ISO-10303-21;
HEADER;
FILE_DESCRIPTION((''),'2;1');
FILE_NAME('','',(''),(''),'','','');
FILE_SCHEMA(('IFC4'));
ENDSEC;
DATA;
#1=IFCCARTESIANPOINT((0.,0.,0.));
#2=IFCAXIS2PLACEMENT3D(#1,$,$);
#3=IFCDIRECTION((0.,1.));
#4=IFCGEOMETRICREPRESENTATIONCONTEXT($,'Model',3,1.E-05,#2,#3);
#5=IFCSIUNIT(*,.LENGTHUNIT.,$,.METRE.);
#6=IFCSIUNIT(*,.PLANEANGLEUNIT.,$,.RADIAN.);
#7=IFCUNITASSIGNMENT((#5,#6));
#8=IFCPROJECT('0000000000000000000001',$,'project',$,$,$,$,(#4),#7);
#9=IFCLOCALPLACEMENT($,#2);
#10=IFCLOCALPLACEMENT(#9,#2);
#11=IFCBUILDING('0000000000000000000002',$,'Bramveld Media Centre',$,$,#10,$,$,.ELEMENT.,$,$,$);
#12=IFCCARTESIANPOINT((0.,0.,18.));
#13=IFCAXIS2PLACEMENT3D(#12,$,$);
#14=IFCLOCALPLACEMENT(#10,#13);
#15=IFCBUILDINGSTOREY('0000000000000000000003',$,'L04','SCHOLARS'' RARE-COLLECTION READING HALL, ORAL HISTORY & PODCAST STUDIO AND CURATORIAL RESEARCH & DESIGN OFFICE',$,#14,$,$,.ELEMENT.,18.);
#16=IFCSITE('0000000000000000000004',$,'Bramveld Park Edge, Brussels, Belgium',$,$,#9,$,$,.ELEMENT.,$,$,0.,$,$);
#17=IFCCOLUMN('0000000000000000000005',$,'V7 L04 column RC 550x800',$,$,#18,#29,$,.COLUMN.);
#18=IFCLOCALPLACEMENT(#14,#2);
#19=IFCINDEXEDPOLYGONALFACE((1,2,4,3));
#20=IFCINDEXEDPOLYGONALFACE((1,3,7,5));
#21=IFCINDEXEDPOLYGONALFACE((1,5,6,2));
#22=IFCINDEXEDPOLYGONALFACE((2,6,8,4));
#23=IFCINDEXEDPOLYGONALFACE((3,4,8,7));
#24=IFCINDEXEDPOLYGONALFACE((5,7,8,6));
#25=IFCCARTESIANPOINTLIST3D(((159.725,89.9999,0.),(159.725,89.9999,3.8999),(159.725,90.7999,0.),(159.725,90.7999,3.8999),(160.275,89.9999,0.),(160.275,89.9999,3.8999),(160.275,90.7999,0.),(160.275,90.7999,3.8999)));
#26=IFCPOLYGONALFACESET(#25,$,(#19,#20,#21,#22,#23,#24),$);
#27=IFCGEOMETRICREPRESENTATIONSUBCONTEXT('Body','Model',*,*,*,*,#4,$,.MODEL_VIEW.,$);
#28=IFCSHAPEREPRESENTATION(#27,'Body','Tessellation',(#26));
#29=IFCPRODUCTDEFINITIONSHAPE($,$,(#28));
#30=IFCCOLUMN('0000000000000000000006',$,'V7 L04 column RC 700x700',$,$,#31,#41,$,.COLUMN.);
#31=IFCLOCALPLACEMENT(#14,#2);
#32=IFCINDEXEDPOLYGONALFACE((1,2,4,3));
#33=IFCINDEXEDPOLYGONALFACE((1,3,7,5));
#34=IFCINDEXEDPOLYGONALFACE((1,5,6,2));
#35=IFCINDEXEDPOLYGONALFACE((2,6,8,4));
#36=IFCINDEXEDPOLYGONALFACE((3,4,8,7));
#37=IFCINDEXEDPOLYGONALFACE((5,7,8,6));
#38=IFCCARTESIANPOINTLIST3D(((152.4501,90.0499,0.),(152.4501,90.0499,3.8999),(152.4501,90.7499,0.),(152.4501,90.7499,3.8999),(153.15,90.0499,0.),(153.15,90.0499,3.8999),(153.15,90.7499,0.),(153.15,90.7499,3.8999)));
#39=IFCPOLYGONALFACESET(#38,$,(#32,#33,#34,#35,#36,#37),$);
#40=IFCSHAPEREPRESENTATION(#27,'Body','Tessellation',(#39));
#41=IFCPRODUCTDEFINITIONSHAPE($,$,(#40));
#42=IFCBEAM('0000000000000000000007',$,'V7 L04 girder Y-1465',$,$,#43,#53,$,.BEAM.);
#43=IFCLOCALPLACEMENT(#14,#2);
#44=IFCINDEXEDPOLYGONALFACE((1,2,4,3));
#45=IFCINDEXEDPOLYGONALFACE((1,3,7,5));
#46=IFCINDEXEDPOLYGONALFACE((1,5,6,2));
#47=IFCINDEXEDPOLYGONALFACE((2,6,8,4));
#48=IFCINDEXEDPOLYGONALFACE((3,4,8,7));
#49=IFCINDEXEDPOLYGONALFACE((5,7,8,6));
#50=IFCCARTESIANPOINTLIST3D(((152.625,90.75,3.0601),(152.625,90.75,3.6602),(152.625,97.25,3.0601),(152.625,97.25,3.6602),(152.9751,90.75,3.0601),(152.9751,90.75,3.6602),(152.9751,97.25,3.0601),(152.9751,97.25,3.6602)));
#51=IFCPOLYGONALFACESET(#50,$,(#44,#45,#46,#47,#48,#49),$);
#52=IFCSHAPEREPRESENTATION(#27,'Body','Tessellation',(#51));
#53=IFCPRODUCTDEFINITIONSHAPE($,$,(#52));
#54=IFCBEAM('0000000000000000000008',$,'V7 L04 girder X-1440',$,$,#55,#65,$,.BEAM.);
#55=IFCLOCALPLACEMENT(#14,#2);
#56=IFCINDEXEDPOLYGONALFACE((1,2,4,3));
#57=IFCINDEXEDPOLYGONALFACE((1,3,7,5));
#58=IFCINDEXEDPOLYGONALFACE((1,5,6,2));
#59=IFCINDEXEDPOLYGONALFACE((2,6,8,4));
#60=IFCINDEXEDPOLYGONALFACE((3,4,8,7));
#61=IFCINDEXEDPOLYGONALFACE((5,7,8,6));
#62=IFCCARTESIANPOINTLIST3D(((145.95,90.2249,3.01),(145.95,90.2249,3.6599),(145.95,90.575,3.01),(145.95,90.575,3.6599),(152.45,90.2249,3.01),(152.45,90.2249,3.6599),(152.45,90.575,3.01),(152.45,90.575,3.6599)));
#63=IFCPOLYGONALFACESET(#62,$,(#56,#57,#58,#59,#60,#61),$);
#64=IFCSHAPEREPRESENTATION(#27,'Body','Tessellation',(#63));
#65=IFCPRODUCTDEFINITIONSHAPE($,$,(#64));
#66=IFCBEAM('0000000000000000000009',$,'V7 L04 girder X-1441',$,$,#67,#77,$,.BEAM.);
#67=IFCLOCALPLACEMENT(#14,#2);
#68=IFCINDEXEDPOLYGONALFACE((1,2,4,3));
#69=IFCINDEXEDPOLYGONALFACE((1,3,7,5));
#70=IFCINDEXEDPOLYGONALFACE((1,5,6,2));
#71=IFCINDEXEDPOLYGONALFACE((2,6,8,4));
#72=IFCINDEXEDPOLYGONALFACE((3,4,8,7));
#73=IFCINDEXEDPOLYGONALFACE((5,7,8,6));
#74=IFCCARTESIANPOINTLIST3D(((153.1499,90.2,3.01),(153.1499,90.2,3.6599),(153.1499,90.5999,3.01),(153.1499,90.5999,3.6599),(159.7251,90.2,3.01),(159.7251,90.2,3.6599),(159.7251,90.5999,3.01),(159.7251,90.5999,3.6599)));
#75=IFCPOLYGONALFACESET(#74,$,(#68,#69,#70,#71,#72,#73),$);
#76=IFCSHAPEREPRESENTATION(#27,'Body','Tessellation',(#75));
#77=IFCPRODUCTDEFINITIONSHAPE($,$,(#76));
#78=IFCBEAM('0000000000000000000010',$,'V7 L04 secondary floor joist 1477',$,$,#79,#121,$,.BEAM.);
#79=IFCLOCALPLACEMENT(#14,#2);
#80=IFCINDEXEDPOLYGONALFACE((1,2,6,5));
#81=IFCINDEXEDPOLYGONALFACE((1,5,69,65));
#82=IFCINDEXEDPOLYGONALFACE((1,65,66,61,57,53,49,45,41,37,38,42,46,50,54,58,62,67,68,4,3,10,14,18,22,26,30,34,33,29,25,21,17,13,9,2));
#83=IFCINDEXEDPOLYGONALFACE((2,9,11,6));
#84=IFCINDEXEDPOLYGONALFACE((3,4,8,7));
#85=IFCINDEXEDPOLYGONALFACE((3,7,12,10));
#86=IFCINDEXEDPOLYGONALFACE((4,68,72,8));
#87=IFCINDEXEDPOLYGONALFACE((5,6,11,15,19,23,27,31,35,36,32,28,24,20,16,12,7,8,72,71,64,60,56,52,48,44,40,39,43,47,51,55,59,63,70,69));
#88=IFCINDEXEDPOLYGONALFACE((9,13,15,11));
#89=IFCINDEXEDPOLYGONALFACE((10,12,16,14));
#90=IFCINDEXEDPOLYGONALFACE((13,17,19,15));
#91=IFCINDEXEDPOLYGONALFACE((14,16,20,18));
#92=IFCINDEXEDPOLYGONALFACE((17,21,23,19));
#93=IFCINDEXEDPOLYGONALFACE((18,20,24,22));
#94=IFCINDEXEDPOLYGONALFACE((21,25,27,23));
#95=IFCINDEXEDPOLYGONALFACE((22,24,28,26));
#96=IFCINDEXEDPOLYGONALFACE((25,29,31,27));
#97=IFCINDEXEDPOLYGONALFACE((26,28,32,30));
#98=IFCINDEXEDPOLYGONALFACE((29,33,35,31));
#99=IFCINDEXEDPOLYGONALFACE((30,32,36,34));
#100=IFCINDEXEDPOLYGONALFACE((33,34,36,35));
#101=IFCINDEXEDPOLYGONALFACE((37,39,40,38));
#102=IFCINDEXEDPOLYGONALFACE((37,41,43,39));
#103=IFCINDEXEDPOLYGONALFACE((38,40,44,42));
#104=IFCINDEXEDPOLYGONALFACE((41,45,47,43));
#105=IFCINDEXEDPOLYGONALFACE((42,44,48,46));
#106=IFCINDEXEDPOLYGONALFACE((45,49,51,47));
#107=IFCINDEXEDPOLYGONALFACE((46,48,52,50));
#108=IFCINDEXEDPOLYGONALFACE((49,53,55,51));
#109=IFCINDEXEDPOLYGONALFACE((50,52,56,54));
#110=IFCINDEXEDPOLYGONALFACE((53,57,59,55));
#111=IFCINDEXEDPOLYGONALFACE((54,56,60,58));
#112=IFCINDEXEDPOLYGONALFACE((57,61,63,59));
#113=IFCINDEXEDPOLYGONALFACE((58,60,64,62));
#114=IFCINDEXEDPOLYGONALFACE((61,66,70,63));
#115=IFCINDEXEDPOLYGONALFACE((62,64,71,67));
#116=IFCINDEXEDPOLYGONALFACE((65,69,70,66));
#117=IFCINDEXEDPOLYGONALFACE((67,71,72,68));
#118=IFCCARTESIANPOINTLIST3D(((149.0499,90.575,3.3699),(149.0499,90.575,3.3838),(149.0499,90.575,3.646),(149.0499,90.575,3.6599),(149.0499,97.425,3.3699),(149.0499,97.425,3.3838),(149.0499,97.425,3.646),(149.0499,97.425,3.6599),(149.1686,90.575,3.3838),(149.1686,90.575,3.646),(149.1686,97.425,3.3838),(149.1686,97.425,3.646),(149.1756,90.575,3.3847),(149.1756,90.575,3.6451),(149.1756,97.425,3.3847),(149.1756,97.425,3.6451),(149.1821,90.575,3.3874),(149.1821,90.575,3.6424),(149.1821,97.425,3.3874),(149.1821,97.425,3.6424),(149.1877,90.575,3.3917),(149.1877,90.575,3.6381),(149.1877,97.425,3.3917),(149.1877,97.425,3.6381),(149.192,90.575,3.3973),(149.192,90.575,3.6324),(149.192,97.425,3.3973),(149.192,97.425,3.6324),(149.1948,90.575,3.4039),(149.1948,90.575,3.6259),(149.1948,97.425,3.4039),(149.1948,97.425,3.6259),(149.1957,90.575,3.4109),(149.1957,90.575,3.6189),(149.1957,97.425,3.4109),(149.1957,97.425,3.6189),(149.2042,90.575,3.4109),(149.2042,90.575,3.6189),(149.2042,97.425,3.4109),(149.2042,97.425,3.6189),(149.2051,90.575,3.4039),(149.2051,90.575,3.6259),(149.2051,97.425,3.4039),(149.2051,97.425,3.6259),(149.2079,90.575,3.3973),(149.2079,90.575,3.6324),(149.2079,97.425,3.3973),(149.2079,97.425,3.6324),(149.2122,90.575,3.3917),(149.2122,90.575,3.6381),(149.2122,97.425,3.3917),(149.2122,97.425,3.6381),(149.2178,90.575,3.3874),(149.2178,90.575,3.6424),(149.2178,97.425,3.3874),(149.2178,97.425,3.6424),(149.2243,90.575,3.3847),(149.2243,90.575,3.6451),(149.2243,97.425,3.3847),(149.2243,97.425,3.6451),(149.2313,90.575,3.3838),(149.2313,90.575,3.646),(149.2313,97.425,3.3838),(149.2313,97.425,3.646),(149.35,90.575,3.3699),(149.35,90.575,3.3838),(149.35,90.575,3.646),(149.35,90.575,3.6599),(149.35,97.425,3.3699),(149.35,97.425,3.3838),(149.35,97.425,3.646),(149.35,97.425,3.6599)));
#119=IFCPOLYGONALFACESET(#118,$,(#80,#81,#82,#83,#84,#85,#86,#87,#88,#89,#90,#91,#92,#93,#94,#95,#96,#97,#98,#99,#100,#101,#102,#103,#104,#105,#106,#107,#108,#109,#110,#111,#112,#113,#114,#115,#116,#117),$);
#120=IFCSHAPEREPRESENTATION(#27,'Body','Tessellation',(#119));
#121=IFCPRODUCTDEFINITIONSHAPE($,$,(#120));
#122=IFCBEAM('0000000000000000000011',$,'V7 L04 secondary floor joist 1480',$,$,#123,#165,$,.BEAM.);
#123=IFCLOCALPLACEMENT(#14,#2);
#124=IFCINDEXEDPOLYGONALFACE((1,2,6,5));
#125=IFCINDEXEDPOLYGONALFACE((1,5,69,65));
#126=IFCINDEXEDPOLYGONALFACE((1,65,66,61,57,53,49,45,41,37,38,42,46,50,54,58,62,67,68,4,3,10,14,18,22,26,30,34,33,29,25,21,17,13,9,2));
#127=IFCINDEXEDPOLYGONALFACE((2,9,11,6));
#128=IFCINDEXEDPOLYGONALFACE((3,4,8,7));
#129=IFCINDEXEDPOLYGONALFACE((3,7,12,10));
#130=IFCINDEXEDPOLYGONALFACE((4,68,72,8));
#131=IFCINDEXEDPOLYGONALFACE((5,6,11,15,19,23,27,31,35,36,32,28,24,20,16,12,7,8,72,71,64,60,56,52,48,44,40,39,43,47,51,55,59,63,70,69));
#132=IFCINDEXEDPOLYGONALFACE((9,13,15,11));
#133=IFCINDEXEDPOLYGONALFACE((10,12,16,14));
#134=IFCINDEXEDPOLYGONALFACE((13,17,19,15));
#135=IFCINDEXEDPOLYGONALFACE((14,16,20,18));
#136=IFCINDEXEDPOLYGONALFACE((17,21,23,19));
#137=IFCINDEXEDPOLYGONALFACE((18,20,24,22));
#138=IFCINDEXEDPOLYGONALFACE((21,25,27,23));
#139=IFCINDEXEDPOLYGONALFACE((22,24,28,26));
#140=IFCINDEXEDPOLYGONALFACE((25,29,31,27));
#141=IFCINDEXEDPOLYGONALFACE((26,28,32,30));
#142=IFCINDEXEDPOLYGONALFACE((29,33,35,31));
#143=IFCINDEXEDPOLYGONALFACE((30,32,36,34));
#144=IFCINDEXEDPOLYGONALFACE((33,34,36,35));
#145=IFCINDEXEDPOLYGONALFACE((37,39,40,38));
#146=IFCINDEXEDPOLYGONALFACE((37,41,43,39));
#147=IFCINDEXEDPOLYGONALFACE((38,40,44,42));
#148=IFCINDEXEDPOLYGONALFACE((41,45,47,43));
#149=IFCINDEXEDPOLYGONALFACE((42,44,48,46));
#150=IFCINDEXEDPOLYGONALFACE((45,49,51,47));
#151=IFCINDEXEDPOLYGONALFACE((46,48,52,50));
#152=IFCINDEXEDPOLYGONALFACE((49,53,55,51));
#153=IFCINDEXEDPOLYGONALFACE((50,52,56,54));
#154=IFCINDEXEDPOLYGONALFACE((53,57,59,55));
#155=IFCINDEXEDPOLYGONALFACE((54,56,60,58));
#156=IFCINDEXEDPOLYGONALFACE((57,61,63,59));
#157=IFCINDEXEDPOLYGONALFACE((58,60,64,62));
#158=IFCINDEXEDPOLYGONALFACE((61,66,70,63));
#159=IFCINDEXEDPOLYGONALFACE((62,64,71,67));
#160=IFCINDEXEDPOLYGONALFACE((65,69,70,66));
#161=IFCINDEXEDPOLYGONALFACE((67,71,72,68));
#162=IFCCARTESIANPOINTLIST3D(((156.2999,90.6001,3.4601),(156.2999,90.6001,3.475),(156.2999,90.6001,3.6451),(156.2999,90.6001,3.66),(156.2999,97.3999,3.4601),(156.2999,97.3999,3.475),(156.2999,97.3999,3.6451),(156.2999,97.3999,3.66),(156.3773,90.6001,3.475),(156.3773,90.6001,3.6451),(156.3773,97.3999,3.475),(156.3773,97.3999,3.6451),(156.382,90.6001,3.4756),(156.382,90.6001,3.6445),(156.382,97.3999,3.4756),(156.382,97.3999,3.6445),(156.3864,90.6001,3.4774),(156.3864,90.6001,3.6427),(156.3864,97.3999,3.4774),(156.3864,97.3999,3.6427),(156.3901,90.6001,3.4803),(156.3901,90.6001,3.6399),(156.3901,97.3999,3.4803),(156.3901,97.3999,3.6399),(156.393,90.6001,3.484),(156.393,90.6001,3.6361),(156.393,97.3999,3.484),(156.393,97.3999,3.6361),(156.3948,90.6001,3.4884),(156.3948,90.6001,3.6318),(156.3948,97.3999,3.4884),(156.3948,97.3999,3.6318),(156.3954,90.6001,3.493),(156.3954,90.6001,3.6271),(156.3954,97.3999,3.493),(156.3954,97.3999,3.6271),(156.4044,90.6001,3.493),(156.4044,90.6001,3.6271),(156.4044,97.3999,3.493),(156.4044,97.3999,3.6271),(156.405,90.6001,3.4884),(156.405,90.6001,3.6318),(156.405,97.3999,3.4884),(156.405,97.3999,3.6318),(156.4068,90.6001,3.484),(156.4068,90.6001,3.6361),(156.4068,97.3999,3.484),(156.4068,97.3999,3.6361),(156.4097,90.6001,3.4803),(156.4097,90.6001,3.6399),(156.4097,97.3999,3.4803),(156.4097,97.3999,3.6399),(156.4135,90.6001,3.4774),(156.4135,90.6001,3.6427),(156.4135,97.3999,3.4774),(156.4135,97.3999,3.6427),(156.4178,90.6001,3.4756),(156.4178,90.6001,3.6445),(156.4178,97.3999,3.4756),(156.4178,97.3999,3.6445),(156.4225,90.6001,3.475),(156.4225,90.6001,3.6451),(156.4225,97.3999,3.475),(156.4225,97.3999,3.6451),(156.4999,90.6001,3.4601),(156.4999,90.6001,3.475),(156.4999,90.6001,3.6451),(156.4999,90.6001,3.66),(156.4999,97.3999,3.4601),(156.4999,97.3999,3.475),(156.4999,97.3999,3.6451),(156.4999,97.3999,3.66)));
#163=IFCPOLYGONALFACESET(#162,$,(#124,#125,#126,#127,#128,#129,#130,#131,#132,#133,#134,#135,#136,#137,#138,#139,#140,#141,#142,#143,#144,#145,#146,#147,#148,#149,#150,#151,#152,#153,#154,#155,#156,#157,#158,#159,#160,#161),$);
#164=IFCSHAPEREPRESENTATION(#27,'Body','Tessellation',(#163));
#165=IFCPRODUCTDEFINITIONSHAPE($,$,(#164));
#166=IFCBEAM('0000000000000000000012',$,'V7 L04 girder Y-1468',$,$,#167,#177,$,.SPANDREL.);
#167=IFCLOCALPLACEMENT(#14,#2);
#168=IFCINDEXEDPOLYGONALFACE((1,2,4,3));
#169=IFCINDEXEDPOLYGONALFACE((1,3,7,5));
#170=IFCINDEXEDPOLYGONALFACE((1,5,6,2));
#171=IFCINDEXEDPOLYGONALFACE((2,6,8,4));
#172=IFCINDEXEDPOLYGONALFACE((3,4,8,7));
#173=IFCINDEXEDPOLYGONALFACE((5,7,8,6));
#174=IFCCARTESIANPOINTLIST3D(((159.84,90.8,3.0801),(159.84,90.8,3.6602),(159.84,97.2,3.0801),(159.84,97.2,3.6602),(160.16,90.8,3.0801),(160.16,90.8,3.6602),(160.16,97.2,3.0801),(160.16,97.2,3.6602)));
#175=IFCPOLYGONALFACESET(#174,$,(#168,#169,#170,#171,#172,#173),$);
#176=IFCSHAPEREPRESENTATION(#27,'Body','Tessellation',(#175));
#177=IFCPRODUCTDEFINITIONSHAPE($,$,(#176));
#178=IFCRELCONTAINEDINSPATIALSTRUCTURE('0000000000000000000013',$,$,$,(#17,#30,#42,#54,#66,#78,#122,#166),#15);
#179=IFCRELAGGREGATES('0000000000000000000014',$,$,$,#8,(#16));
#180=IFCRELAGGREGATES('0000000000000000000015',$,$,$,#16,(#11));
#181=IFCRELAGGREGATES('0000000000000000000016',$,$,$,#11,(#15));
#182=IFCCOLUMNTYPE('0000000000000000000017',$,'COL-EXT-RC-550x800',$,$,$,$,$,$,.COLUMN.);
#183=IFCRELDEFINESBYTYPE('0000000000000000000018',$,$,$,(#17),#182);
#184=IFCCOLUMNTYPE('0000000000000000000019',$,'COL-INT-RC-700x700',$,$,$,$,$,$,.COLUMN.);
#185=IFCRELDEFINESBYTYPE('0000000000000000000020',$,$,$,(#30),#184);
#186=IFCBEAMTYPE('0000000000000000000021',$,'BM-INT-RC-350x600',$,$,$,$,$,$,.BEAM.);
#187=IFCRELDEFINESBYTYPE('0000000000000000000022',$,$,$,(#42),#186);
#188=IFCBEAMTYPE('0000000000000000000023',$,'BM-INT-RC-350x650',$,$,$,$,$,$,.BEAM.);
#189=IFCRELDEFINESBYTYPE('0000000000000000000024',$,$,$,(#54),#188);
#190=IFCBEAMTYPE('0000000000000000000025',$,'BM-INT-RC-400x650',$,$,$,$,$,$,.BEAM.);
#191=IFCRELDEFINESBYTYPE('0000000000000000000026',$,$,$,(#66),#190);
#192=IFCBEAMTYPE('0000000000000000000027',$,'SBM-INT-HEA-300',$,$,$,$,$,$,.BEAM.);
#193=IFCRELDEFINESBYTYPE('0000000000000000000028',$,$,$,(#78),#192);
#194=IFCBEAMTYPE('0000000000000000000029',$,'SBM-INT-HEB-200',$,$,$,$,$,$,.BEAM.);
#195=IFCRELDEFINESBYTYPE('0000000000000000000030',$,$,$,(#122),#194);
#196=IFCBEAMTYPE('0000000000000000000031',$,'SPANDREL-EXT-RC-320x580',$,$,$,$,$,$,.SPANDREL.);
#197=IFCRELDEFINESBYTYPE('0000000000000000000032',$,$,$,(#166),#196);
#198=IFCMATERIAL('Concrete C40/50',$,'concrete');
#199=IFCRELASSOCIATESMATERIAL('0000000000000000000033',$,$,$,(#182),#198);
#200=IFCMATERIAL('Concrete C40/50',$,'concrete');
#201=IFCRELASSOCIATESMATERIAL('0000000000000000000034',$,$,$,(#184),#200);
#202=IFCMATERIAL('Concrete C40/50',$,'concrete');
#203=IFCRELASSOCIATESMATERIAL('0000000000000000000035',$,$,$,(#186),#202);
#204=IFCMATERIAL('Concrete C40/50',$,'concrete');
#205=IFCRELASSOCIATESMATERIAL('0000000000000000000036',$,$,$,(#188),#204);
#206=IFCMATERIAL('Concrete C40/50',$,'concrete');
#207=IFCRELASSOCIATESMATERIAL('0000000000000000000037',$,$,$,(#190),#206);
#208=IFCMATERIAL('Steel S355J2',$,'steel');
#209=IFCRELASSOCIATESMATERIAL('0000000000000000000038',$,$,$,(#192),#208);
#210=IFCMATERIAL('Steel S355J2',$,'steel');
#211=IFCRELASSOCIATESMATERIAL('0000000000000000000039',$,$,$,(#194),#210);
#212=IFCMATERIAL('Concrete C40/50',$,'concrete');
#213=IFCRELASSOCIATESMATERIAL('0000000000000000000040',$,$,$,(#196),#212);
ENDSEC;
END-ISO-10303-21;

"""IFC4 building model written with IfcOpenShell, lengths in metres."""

from ifc_helpers import new_model, si_unit, direction, frame, origin, origin_2d, place, context, subcontext, project, spatial, rectangle, i_section, extrude, material, material_profile, profile_set, type_object, element, save


model = new_model("IFC4")

# Units and contexts
model_context = context("Model", 3, precision=1e-05, world=origin(), true_north=direction((0.0, 1.0)))
body_context = subcontext(model_context, "Body", "Model", "MODEL_VIEW")
ifc_project = project(units=[si_unit("LENGTHUNIT", "METRE"), si_unit("PLANEANGLEUNIT", "RADIAN")], contexts=[model_context])

# Site, building, storey
site_placement = place(None, origin())
site = spatial("IfcSite", under=ifc_project, at=site_placement, Name="Bramveld Park Edge, Brussels, Belgium", CompositionType="ELEMENT", RefElevation=0.0)
building_placement = place(site_placement, origin())
building = spatial("IfcBuilding", under=site, at=building_placement, Name="Bramveld Media Centre", CompositionType="ELEMENT")
storey_placement = place(building_placement, frame((0.0, 0.0, 18.0)))
storey = spatial("IfcBuildingStorey", under=building, at=storey_placement, Name="L04", Description="SCHOLARS' RARE-COLLECTION READING HALL, ORAL HISTORY & PODCAST STUDIO AND CURATORIAL RESEARCH & DESIGN OFFICE", CompositionType="ELEMENT", Elevation=18.0)

# Columns
ifc_material_1 = material(Name="Concrete C40/50", Category="concrete")
ifc_material_profile_1 = material_profile(ifc_material_1, rectangle(XDim=0.55, YDim=0.8, at=origin_2d()), Name="RC 550x800")
ifc_profile_set_1 = profile_set([ifc_material_profile_1], Name="Concrete C40/50")
column_type_1 = type_object("IfcColumnType", Name="COL-EXT-RC-550x800", PredefinedType="COLUMN", material=ifc_profile_set_1)
column_1_placement = place(storey_placement, frame((160.0, 90.3999, 0.0), z_axis=(0.0, 0.0, 1.0), x_axis=(1.0, 0.0, 0.0)))
element("IfcColumn", 1, at=column_1_placement, inside=storey, type_object=column_type_1, Name="V7 L04 column RC 550x800", PredefinedType="COLUMN", context=body_context, shape_type="SweptSolid", body=[
    extrude(rectangle(XDim=0.55, YDim=0.8, at=origin_2d()), origin(), (0.0, 0.0, 1.0), 3.8999),
])
ifc_material_2 = material(Name="Concrete C40/50", Category="concrete")
ifc_material_profile_2 = material_profile(ifc_material_2, rectangle(XDim=0.7, YDim=0.7, at=origin_2d()), Name="RC 700x700")
ifc_profile_set_2 = profile_set([ifc_material_profile_2], Name="Concrete C40/50")
column_type_2 = type_object("IfcColumnType", Name="COL-INT-RC-700x700", PredefinedType="COLUMN", material=ifc_profile_set_2)
column_2_placement = place(storey_placement, frame((152.8, 90.3999, 0.0), z_axis=(0.0, 0.0, 1.0), x_axis=(1.0, 0.0, 0.0)))
element("IfcColumn", 2, at=column_2_placement, inside=storey, type_object=column_type_2, Name="V7 L04 column RC 700x700", PredefinedType="COLUMN", context=body_context, shape_type="SweptSolid", body=[
    extrude(rectangle(XDim=0.7, YDim=0.7, at=origin_2d()), origin(), (0.0, 0.0, 1.0), 3.8999),
])

# Beams
ifc_material_3 = material(Name="Concrete C40/50", Category="concrete")
ifc_material_profile_3 = material_profile(ifc_material_3, rectangle(XDim=0.3501, YDim=0.6001, at=origin_2d()), Name="RC 350x600")
ifc_profile_set_3 = profile_set([ifc_material_profile_3], Name="Concrete C40/50")
beam_type_1 = type_object("IfcBeamType", Name="BM-INT-RC-350x600", PredefinedType="BEAM", material=ifc_profile_set_3)
beam_1_placement = place(storey_placement, frame((152.8, 90.75, 3.3601), z_axis=(0.0, 1.0, 0.0), x_axis=(-1.0, 0.0, 0.0)))
element("IfcBeam", 3, at=beam_1_placement, inside=storey, type_object=beam_type_1, Name="V7 L04 girder Y-1465", PredefinedType="BEAM", context=body_context, shape_type="SweptSolid", body=[
    extrude(rectangle(XDim=0.3501, YDim=0.6001, at=origin_2d()), origin(), (0.0, 0.0, 1.0), 6.5),
])
ifc_material_4 = material(Name="Concrete C40/50", Category="concrete")
ifc_material_profile_4 = material_profile(ifc_material_4, rectangle(XDim=0.3501, YDim=0.6499, at=origin_2d()), Name="RC 350x650")
ifc_profile_set_4 = profile_set([ifc_material_profile_4], Name="Concrete C40/50")
beam_type_2 = type_object("IfcBeamType", Name="BM-INT-RC-350x650", PredefinedType="BEAM", material=ifc_profile_set_4)
beam_2_placement = place(storey_placement, frame((145.95, 90.3999, 3.335), z_axis=(1.0, 0.0, 0.0), x_axis=(0.0, 1.0, 0.0)))
element("IfcBeam", 4, at=beam_2_placement, inside=storey, type_object=beam_type_2, Name="V7 L04 girder X-1440", PredefinedType="BEAM", context=body_context, shape_type="SweptSolid", body=[
    extrude(rectangle(XDim=0.3501, YDim=0.6499, at=origin_2d()), origin(), (0.0, 0.0, 1.0), 6.5),
])
ifc_material_5 = material(Name="Concrete C40/50", Category="concrete")
ifc_material_profile_5 = material_profile(ifc_material_5, rectangle(XDim=0.3999, YDim=0.6499, at=origin_2d()), Name="RC 400x650")
ifc_profile_set_5 = profile_set([ifc_material_profile_5], Name="Concrete C40/50")
beam_type_3 = type_object("IfcBeamType", Name="BM-INT-RC-400x650", PredefinedType="BEAM", material=ifc_profile_set_5)
beam_3_placement = place(storey_placement, frame((153.1499, 90.3999, 3.335), z_axis=(1.0, 0.0, 0.0), x_axis=(0.0, 1.0, 0.0)))
element("IfcBeam", 5, at=beam_3_placement, inside=storey, type_object=beam_type_3, Name="V7 L04 girder X-1441", PredefinedType="BEAM", context=body_context, shape_type="SweptSolid", body=[
    extrude(rectangle(XDim=0.3999, YDim=0.6499, at=origin_2d()), origin(), (0.0, 0.0, 1.0), 6.5752),
])
ifc_material_6 = material(Name="Steel S355J2", Category="steel")
ifc_material_profile_6 = material_profile(ifc_material_6, i_section(OverallWidth=0.3, OverallDepth=0.29, WebThickness=0.0085, FlangeThickness=0.0139, FilletRadius=0.0271, at=origin_2d()), Name="HEA 300")
ifc_profile_set_6 = profile_set([ifc_material_profile_6], Name="Steel S355J2")
beam_type_4 = type_object("IfcBeamType", Name="SBM-INT-HEA-300", PredefinedType="BEAM", material=ifc_profile_set_6)
beam_4_placement = place(storey_placement, frame((149.2, 90.575, 3.5149), z_axis=(0.0, 1.0, 0.0), x_axis=(-1.0, 0.0, 0.0)))
element("IfcBeam", 6, at=beam_4_placement, inside=storey, type_object=beam_type_4, Name="V7 L04 secondary floor joist 1477", PredefinedType="BEAM", context=body_context, shape_type="SweptSolid", body=[
    extrude(i_section(OverallWidth=0.3, OverallDepth=0.29, WebThickness=0.0085, FlangeThickness=0.0139, FilletRadius=0.0271, at=origin_2d()), origin(), (0.0, 0.0, 1.0), 6.8501),
])
ifc_material_7 = material(Name="Steel S355J2", Category="steel")
ifc_material_profile_7 = material_profile(ifc_material_7, i_section(OverallWidth=0.2, OverallDepth=0.2, WebThickness=0.009, FlangeThickness=0.0149, FilletRadius=0.0181, at=origin_2d()), Name="HEB 200")
ifc_profile_set_7 = profile_set([ifc_material_profile_7], Name="Steel S355J2")
beam_type_5 = type_object("IfcBeamType", Name="SBM-INT-HEB-200", PredefinedType="BEAM", material=ifc_profile_set_7)
beam_5_placement = place(storey_placement, frame((156.3999, 90.6001, 3.5601), z_axis=(0.0, 1.0, 0.0), x_axis=(-1.0, 0.0, 0.0)))
element("IfcBeam", 7, at=beam_5_placement, inside=storey, type_object=beam_type_5, Name="V7 L04 secondary floor joist 1480", PredefinedType="BEAM", context=body_context, shape_type="SweptSolid", body=[
    extrude(i_section(OverallWidth=0.2, OverallDepth=0.2, WebThickness=0.009, FlangeThickness=0.0149, FilletRadius=0.0181, at=origin_2d()), origin(), (0.0, 0.0, 1.0), 6.7998),
])
ifc_material_8 = material(Name="Concrete C40/50", Category="concrete")
ifc_material_profile_8 = material_profile(ifc_material_8, rectangle(XDim=0.3201, YDim=0.5801, at=origin_2d()), Name="RC 320x580")
ifc_profile_set_8 = profile_set([ifc_material_profile_8], Name="Concrete C40/50")
beam_type_6 = type_object("IfcBeamType", Name="SPANDREL-EXT-RC-320x580", PredefinedType="SPANDREL", material=ifc_profile_set_8)
beam_6_placement = place(storey_placement, frame((160.0, 90.8, 3.3701), z_axis=(0.0, 1.0, 0.0), x_axis=(-1.0, 0.0, 0.0)))
element("IfcBeam", 8, at=beam_6_placement, inside=storey, type_object=beam_type_6, Name="V7 L04 girder Y-1468", PredefinedType="SPANDREL", context=body_context, shape_type="SweptSolid", body=[
    extrude(rectangle(XDim=0.3201, YDim=0.5801, at=origin_2d()), origin(), (0.0, 0.0, 1.0), 6.3999),
])

save(model, "model.ifc")
